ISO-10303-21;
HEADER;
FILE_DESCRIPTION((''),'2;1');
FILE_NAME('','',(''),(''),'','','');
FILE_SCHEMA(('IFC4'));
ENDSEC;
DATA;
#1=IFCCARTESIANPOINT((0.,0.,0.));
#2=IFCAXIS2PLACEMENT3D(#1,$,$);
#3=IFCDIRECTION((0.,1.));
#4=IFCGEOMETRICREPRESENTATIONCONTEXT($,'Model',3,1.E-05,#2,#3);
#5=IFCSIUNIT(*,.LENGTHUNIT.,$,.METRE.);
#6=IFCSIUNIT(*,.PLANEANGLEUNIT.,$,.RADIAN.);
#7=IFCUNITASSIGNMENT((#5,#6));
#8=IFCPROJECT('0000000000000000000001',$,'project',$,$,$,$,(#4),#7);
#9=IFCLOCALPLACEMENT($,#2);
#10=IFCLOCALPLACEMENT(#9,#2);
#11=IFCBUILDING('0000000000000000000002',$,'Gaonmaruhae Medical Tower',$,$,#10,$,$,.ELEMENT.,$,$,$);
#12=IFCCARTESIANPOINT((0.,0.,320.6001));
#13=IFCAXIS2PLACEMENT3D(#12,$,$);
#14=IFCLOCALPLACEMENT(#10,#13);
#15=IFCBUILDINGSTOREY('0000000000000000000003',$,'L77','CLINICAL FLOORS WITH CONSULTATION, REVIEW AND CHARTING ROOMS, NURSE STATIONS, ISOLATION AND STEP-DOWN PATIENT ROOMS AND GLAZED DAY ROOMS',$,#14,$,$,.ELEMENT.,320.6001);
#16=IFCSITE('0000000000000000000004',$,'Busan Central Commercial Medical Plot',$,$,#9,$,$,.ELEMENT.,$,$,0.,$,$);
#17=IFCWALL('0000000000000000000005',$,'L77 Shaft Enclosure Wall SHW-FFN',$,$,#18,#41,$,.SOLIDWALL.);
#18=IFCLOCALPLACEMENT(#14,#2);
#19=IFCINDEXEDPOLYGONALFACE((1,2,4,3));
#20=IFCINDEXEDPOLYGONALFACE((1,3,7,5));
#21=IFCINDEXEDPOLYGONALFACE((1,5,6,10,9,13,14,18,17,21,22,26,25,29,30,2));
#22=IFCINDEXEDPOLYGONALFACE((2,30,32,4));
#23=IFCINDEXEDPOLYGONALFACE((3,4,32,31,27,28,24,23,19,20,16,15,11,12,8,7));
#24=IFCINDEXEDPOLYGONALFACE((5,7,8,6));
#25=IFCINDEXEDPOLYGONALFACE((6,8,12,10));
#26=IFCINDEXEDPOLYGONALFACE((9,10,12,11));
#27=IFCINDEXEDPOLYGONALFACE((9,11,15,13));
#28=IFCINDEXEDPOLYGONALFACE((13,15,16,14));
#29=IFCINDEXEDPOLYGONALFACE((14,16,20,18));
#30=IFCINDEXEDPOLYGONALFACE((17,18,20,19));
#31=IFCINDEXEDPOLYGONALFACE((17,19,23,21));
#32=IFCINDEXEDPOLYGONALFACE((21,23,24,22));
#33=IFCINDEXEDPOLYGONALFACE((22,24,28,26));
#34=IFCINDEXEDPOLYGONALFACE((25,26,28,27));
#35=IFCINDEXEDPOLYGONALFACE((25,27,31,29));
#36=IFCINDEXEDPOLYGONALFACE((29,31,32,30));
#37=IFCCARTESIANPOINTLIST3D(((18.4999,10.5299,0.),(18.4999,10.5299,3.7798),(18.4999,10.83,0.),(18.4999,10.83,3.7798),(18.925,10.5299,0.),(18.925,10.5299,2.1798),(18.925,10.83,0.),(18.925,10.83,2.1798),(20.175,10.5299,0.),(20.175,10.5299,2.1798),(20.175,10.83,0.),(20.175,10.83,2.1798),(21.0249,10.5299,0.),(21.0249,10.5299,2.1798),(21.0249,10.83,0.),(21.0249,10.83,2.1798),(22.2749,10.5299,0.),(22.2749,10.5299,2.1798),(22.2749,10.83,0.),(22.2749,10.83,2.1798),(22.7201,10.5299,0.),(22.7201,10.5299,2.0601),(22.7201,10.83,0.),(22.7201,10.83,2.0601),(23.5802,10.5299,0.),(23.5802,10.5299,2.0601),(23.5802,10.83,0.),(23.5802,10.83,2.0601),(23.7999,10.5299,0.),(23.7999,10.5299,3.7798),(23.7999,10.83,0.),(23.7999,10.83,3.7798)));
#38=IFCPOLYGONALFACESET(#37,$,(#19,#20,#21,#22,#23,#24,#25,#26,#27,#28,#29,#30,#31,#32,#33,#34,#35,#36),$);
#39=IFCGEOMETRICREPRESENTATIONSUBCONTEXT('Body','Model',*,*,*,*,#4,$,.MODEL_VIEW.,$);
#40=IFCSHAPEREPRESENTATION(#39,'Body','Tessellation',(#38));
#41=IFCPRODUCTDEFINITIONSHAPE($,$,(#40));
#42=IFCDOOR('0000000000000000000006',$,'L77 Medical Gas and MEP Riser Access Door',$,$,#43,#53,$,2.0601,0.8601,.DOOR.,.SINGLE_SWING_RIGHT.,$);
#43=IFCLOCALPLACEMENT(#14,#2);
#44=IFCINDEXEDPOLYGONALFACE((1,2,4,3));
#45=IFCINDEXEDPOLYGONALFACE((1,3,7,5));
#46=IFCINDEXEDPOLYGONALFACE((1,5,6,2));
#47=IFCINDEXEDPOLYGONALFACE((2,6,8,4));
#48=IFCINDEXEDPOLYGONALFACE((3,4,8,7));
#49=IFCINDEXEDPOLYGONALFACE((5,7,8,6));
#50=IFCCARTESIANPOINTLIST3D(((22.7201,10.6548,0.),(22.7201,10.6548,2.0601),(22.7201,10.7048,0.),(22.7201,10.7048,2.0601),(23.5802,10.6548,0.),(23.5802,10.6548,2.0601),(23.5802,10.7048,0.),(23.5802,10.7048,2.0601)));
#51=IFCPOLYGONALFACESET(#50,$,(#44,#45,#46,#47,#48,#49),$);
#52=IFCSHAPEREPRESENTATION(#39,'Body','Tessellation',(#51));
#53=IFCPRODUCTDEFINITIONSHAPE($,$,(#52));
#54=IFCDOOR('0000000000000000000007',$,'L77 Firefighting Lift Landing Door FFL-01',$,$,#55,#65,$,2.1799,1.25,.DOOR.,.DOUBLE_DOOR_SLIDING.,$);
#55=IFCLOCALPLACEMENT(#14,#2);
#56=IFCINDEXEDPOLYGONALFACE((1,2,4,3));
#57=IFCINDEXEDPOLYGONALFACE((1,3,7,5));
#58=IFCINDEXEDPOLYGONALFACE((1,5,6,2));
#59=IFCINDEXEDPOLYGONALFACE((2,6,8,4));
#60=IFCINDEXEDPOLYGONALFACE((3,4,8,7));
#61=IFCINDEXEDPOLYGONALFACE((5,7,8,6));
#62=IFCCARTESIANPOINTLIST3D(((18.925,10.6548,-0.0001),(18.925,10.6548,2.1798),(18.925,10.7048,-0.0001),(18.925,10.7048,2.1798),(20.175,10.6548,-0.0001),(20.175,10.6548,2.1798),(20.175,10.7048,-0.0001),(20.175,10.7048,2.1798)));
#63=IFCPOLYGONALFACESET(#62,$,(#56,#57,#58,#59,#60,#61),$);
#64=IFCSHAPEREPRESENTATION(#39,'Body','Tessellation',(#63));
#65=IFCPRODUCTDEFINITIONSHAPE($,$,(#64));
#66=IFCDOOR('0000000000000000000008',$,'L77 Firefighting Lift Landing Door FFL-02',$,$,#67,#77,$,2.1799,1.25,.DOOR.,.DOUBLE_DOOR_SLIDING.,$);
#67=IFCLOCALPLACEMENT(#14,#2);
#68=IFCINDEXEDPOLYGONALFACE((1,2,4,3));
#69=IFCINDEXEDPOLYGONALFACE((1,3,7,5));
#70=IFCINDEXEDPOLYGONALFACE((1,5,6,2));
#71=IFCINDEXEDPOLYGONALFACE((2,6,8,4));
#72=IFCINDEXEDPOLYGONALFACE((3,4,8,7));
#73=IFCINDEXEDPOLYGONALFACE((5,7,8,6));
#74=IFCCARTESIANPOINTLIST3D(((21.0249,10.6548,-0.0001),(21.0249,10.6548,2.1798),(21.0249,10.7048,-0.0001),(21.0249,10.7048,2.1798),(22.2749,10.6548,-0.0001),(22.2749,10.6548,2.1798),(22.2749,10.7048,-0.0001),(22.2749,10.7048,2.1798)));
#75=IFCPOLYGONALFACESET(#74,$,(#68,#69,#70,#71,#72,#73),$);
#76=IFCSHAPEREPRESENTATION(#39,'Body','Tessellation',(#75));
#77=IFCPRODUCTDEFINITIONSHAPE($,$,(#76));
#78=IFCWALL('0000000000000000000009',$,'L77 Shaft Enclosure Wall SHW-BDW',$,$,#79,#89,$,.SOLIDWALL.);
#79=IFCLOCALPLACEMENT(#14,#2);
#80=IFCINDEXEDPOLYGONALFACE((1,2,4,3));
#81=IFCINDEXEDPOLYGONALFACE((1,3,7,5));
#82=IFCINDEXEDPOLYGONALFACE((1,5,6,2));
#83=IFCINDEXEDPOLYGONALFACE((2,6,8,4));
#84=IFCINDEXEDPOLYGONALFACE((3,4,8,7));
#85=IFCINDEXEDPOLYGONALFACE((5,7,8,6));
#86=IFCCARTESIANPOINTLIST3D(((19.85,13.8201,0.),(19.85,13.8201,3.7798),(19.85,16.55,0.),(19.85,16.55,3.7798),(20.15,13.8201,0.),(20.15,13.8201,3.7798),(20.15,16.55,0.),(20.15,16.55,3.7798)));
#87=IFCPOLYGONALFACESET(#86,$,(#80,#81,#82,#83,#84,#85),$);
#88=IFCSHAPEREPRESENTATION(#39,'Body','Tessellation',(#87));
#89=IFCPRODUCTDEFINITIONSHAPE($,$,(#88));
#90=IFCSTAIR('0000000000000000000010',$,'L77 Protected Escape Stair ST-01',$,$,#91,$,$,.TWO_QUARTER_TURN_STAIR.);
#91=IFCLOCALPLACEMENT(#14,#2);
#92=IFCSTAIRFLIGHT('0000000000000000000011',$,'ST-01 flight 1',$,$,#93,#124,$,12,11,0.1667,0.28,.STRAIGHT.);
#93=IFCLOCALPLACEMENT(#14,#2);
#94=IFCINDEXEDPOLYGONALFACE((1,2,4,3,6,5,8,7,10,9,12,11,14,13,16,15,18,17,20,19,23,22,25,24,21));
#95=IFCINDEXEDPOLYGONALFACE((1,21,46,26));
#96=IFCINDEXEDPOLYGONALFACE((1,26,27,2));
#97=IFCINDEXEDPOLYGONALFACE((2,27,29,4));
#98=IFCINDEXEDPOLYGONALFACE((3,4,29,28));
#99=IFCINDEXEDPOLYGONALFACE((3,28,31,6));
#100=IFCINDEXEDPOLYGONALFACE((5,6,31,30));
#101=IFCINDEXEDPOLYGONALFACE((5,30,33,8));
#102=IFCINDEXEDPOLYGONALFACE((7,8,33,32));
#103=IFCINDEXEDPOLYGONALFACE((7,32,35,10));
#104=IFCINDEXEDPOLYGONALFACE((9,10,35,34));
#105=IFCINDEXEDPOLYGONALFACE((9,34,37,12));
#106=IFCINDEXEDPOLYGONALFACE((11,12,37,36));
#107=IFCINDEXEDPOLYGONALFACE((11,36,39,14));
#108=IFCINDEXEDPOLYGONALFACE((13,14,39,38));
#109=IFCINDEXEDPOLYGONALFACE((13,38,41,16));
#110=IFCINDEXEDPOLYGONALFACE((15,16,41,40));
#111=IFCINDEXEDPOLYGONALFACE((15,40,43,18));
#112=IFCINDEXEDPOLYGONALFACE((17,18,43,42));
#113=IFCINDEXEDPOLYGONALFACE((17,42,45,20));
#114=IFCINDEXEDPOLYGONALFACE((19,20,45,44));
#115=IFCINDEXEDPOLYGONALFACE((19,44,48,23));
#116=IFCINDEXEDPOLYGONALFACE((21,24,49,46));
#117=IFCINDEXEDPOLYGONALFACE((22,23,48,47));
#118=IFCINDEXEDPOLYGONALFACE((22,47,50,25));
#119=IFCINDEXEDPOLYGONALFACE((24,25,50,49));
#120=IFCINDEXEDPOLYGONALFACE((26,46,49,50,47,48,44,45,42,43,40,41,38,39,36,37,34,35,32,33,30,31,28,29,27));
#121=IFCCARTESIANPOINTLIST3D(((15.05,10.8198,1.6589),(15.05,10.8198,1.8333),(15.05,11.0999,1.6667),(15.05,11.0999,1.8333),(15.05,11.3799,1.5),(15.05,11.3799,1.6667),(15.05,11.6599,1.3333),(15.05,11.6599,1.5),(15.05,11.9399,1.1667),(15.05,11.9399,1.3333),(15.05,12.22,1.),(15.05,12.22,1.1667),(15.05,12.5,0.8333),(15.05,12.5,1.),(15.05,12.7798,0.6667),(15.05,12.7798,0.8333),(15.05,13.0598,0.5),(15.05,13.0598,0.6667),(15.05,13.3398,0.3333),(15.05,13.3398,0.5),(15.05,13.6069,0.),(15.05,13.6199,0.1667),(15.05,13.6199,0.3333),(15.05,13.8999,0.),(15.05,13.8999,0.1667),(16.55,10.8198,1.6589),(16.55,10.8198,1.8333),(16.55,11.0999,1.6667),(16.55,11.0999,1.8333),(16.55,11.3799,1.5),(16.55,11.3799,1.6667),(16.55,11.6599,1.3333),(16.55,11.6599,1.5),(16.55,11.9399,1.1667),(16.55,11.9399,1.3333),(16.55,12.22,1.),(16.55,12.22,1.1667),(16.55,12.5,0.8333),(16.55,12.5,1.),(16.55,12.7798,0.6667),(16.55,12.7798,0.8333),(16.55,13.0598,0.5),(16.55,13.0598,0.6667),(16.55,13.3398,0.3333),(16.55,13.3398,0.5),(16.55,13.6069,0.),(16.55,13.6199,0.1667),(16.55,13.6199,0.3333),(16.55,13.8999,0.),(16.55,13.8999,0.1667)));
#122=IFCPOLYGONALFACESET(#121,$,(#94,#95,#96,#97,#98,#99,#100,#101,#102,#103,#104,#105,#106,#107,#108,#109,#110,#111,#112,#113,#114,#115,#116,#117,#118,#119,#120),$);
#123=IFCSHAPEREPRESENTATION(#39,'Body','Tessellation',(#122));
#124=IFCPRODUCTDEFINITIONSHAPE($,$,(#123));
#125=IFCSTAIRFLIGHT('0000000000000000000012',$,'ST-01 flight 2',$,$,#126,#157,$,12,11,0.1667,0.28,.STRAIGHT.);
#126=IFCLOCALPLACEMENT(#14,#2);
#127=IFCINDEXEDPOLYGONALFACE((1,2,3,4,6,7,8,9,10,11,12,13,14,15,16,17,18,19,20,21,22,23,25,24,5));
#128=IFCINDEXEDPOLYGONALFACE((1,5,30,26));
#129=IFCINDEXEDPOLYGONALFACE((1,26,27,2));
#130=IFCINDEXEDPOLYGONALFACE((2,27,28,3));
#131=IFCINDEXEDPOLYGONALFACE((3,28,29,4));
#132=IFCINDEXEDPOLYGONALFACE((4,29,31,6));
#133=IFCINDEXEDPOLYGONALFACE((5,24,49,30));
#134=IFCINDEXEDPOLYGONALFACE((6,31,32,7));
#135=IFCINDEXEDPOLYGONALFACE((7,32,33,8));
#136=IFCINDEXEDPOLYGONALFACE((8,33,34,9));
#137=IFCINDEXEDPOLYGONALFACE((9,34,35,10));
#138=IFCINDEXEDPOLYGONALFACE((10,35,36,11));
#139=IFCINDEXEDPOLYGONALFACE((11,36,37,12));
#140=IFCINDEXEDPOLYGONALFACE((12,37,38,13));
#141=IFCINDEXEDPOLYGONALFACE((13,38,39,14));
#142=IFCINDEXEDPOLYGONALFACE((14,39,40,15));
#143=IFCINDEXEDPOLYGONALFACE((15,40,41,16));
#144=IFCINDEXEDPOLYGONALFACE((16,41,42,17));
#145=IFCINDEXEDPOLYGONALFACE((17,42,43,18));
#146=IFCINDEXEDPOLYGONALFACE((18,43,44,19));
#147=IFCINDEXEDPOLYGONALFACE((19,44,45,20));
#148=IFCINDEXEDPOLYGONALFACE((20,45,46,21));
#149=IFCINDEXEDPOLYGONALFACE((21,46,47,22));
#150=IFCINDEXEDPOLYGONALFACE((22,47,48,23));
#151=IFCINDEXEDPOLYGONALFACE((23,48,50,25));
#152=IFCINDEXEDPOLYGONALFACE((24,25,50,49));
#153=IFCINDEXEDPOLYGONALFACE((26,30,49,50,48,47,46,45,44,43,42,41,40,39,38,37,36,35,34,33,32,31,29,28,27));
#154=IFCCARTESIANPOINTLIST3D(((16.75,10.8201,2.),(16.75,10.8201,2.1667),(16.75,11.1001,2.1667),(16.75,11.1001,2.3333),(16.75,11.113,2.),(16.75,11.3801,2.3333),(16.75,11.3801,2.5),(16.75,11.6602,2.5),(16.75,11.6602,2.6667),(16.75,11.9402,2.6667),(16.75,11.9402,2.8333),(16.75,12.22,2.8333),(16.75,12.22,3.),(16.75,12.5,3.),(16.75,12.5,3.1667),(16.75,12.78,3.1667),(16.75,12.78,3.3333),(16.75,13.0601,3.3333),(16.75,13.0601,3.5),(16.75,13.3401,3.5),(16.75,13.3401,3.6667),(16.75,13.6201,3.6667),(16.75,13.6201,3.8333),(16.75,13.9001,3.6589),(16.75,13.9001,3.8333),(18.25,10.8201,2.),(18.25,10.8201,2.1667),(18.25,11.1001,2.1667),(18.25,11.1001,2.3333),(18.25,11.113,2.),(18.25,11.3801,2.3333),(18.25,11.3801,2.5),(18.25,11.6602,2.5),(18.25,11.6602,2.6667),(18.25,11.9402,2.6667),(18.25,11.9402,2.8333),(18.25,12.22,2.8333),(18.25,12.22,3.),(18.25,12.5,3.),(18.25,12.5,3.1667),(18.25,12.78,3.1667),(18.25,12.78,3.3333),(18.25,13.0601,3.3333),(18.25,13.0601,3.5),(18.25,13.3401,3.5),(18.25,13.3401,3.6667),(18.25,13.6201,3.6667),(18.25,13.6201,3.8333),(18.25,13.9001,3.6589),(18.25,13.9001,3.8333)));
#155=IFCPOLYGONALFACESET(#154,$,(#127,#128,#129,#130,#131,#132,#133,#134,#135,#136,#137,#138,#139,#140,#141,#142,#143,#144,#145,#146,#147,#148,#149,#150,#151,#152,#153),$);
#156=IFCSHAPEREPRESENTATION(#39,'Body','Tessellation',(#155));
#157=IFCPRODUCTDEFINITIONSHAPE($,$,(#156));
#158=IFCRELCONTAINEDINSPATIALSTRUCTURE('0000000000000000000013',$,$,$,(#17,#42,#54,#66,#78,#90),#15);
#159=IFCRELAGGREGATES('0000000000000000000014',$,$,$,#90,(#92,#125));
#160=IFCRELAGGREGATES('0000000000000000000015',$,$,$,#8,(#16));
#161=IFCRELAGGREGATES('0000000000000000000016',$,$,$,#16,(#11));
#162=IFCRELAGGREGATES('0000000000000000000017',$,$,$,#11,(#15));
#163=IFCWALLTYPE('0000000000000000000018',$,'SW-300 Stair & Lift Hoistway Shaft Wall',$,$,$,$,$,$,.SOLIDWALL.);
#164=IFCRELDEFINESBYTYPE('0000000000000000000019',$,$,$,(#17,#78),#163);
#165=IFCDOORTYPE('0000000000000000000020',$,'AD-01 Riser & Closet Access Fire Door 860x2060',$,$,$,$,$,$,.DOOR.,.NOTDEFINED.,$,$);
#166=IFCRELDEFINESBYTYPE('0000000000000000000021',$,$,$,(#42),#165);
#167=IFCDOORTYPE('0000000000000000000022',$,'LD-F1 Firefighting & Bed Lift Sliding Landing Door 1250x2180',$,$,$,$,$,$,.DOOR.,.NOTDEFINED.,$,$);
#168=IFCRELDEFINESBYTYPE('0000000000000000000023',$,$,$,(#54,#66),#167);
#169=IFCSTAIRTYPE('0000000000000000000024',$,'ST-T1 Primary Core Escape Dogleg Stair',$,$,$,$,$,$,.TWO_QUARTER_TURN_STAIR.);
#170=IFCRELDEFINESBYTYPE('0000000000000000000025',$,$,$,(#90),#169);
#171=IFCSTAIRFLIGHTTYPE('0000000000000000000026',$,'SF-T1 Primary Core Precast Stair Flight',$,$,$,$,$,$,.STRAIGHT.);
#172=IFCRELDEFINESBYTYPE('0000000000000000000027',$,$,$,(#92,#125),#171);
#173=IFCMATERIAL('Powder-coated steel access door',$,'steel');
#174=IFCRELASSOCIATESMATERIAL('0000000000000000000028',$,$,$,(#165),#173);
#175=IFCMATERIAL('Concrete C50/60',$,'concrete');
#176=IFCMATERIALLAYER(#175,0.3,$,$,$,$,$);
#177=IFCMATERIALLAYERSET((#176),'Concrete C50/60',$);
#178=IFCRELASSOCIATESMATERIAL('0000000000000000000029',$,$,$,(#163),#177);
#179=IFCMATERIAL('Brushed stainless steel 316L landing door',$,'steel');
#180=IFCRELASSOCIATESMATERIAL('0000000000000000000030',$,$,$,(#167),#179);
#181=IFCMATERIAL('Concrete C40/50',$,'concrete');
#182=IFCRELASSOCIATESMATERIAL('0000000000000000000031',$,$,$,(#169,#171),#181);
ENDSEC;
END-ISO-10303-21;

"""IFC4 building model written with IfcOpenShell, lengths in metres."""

from ifc_helpers import new_model, si_unit, direction, frame, frame_2d, origin, place, context, subcontext, project, spatial, polyline, rectangle, outline, extrude, material, layer, layer_set, type_object, element, fill, aggregate, save


model = new_model("IFC4")

# Units and contexts
model_context = context("Model", 3, precision=1e-05, world=origin(), true_north=direction((0.0, 1.0)))
body_context = subcontext(model_context, "Body", "Model", "MODEL_VIEW")
ifc_project = project(units=[si_unit("LENGTHUNIT", "METRE"), si_unit("PLANEANGLEUNIT", "RADIAN")], contexts=[model_context])

# Site, building, storey
site_placement = place(None, origin())
site = spatial("IfcSite", under=ifc_project, at=site_placement, Name="Busan Central Commercial Medical Plot", CompositionType="ELEMENT", RefElevation=0.0)
building_placement = place(site_placement, origin())
building = spatial("IfcBuilding", under=site, at=building_placement, Name="Gaonmaruhae Medical Tower", CompositionType="ELEMENT")
storey_placement = place(building_placement, frame((0.0, 0.0, 320.6001)))
storey = spatial("IfcBuildingStorey", under=building, at=storey_placement, Name="L77", Description="CLINICAL FLOORS WITH CONSULTATION, REVIEW AND CHARTING ROOMS, NURSE STATIONS, ISOLATION AND STEP-DOWN PATIENT ROOMS AND GLAZED DAY ROOMS", CompositionType="ELEMENT", Elevation=320.6001)

# Shared definitions
ifc_material_1 = material(Name="Concrete C50/60", Category="concrete")

# Shared definitions
ifc_material_2 = material(Name="Powder-coated steel access door", Category="steel")
door_type_1 = type_object("IfcDoorType", Name="AD-01 Riser & Closet Access Fire Door 860x2060", OperationType="NOTDEFINED", PredefinedType="DOOR", material=ifc_material_2)

# Wall, openings, doors
ifc_layer_1 = layer(ifc_material_1, 0.3)
ifc_layer_set_1 = layer_set([ifc_layer_1], Name="Concrete C50/60")
wall_type_1 = type_object("IfcWallType", Name="SW-300 Stair & Lift Hoistway Shaft Wall", PredefinedType="SOLIDWALL", material=ifc_layer_set_1)
wall_1_placement = place(storey_placement, frame((18.5, 10.6799, 0.0), z_axis=(0.0, 0.0, 1.0), x_axis=(1.0, 0.0, 0.0)))
wall_1 = element("IfcWall", 1, at=wall_1_placement, inside=storey, type_object=wall_type_1, Name="L77 Shaft Enclosure Wall SHW-FFN", PredefinedType="SOLIDWALL", context=body_context, shape_type="SweptSolid", body=[
    extrude(rectangle(XDim=5.3, YDim=0.3, at=frame_2d((2.6499, 0.0))), origin(), (0.0, 0.0, 1.0), 3.7798),
])
opening_1_placement = place(wall_1_placement, frame((4.22, 0.0, 0.0)))
opening_1 = element("IfcOpeningElement", 2, at=opening_1_placement, cuts=wall_1, PredefinedType="OPENING", context=body_context, shape_type="SweptSolid", body=[
    extrude(rectangle(XDim=0.8601, YDim=2.0601, at=frame_2d((0.4302, 1.03))), frame((0.0, 0.1602, 0.0), z_axis=(0.0, -1.0, 0.0), x_axis=(1.0, 0.0, 0.0)), (0.0, 0.0, 1.0), 0.3201),
])
opening_2_placement = place(wall_1_placement, frame((0.425, 0.0, 0.0)))
opening_2 = element("IfcOpeningElement", 3, at=opening_2_placement, cuts=wall_1, PredefinedType="OPENING", context=body_context, shape_type="SweptSolid", body=[
    extrude(rectangle(XDim=1.25, YDim=2.1799, at=frame_2d((0.625, 1.0898))), frame((0.0, 0.1602, 0.0), z_axis=(0.0, -1.0, 0.0), x_axis=(1.0, 0.0, 0.0)), (0.0, 0.0, 1.0), 0.3201),
])
opening_3_placement = place(wall_1_placement, frame((2.5249, 0.0, 0.0)))
opening_3 = element("IfcOpeningElement", 4, at=opening_3_placement, cuts=wall_1, PredefinedType="OPENING", context=body_context, shape_type="SweptSolid", body=[
    extrude(rectangle(XDim=1.25, YDim=2.1799, at=frame_2d((0.625, 1.0898))), frame((0.0, 0.1602, 0.0), z_axis=(0.0, -1.0, 0.0), x_axis=(1.0, 0.0, 0.0)), (0.0, 0.0, 1.0), 0.3201),
])
door_1_placement = place(opening_1_placement, origin())
door_1 = element("IfcDoor", 5, at=door_1_placement, inside=storey, type_object=door_type_1, Name="L77 Medical Gas and MEP Riser Access Door", OperationType="SINGLE_SWING_RIGHT", OverallHeight=2.0601, OverallWidth=0.8601, PredefinedType="DOOR", context=body_context, shape_type="SweptSolid", body=[
    extrude(rectangle(XDim=0.8601, YDim=2.0601, at=frame_2d((0.4302, 1.03))), frame((0.0, 0.0249, 0.0), z_axis=(0.0, -1.0, 0.0), x_axis=(1.0, 0.0, 0.0)), (0.0, 0.0, 1.0), 0.05),
])
fill(opening_1, door_1)
ifc_material_3 = material(Name="Brushed stainless steel 316L landing door", Category="steel")
door_type_2 = type_object("IfcDoorType", Name="LD-F1 Firefighting & Bed Lift Sliding Landing Door 1250x2180", OperationType="NOTDEFINED", PredefinedType="DOOR", material=ifc_material_3)
door_2_placement = place(opening_2_placement, origin())
door_2 = element("IfcDoor", 6, at=door_2_placement, inside=storey, type_object=door_type_2, Name="L77 Firefighting Lift Landing Door FFL-01", OperationType="DOUBLE_DOOR_SLIDING", OverallHeight=2.1799, OverallWidth=1.25, PredefinedType="DOOR", context=body_context, shape_type="SweptSolid", body=[
    extrude(rectangle(XDim=1.25, YDim=2.1799, at=frame_2d((0.625, 1.0898))), frame((0.0, 0.0249, 0.0), z_axis=(0.0, -1.0, 0.0), x_axis=(1.0, 0.0, 0.0)), (0.0, 0.0, 1.0), 0.05),
])
fill(opening_2, door_2)
door_3_placement = place(opening_3_placement, origin())
door_3 = element("IfcDoor", 7, at=door_3_placement, inside=storey, type_object=door_type_2, Name="L77 Firefighting Lift Landing Door FFL-02", OperationType="DOUBLE_DOOR_SLIDING", OverallHeight=2.1799, OverallWidth=1.25, PredefinedType="DOOR", context=body_context, shape_type="SweptSolid", body=[
    extrude(rectangle(XDim=1.25, YDim=2.1799, at=frame_2d((0.625, 1.0898))), frame((0.0, 0.0249, 0.0), z_axis=(0.0, -1.0, 0.0), x_axis=(1.0, 0.0, 0.0)), (0.0, 0.0, 1.0), 0.05),
])
fill(opening_3, door_3)

# Wall
wall_2_placement = place(storey_placement, frame((20.0, 13.8201, 0.0), z_axis=(0.0, 0.0, 1.0), x_axis=(0.0, 1.0, 0.0)))
element("IfcWall", 8, at=wall_2_placement, inside=storey, type_object=wall_type_1, Name="L77 Shaft Enclosure Wall SHW-BDW", PredefinedType="SOLIDWALL", context=body_context, shape_type="SweptSolid", body=[
    extrude(rectangle(XDim=2.73, YDim=0.3, at=frame_2d((1.365, 0.0))), origin(), (0.0, 0.0, 1.0), 3.7798),
])

# Stair, stair flights
ifc_material_4 = material(Name="Concrete C40/50", Category="concrete")
stair_type = type_object("IfcStairType", Name="ST-T1 Primary Core Escape Dogleg Stair", PredefinedType="TWO_QUARTER_TURN_STAIR", material=ifc_material_4)
stair_placement = place(storey_placement, origin())
stair = element("IfcStair", 9, at=stair_placement, inside=storey, type_object=stair_type, Name="L77 Protected Escape Stair ST-01", PredefinedType="TWO_QUARTER_TURN_STAIR")
stair_flight_type = type_object("IfcStairFlightType", Name="SF-T1 Primary Core Precast Stair Flight", PredefinedType="STRAIGHT", material=ifc_material_4)
stair_flight_1_placement = place(storey_placement, frame((15.8, 13.8999, 0.0), z_axis=(0.0, 0.0, 1.0), x_axis=(0.0, -1.0, 0.0)))
stair_flight_1 = element("IfcStairFlight", 10, at=stair_flight_1_placement, type_object=stair_flight_type, Name="ST-01 flight 1", NumberOfRisers=12, NumberOfTreads=11, PredefinedType="STRAIGHT", RiserHeight=0.1667, TreadLength=0.28, context=body_context, shape_type="SweptSolid", body=[
    extrude(outline(polyline([(0.0, 0.0), (0.0, 0.1667), (0.28, 0.1667), (0.28, 0.3333), (0.5601, 0.3333), (0.5601, 0.5), (0.8401, 0.5), (0.8401, 0.6667), (1.1201, 0.6667), (1.1201, 0.8333), (1.3999, 0.8333), (1.3999, 1.0), (1.6799, 1.0), (1.6799, 1.1667), (1.96, 1.1667), (1.96, 1.3333), (2.24, 1.3333), (2.24, 1.5), (2.52, 1.5), (2.52, 1.6667), (2.8, 1.6667), (2.8, 1.8333), (3.0801, 1.8333), (3.0801, 2.0), (3.0801, 1.6589), (0.293, 0.0), (0.0, 0.0)])), frame((0.0, 0.75, 0.0), z_axis=(0.0, -1.0, 0.0), x_axis=(1.0, 0.0, 0.0)), (0.0, 0.0, 1.0), 1.5),
])
stair_flight_2_placement = place(storey_placement, frame((17.5, 10.8201, 2.0), z_axis=(0.0, 0.0, 1.0), x_axis=(0.0, 1.0, 0.0)))
stair_flight_2 = element("IfcStairFlight", 11, at=stair_flight_2_placement, type_object=stair_flight_type, Name="ST-01 flight 2", NumberOfRisers=12, NumberOfTreads=11, PredefinedType="STRAIGHT", RiserHeight=0.1667, TreadLength=0.28, context=body_context, shape_type="SweptSolid", body=[
    extrude(outline(polyline([(0.0, 0.0), (0.0, 0.1667), (0.28, 0.1667), (0.28, 0.3333), (0.5601, 0.3333), (0.5601, 0.5), (0.8401, 0.5), (0.8401, 0.6667), (1.1201, 0.6667), (1.1201, 0.8333), (1.3999, 0.8333), (1.3999, 1.0), (1.6799, 1.0), (1.6799, 1.1667), (1.96, 1.1667), (1.96, 1.3333), (2.24, 1.3333), (2.24, 1.5), (2.52, 1.5), (2.52, 1.6667), (2.8, 1.6667), (2.8, 1.8333), (3.0801, 1.8333), (3.0801, 2.0), (3.0801, 1.6589), (0.293, 0.0), (0.0, 0.0)])), frame((0.0, 0.75, 0.0), z_axis=(0.0, -1.0, 0.0), x_axis=(1.0, 0.0, 0.0)), (0.0, 0.0, 1.0), 1.5),
])
aggregate(stair, [stair_flight_1, stair_flight_2])

save(model, "model.ifc")
